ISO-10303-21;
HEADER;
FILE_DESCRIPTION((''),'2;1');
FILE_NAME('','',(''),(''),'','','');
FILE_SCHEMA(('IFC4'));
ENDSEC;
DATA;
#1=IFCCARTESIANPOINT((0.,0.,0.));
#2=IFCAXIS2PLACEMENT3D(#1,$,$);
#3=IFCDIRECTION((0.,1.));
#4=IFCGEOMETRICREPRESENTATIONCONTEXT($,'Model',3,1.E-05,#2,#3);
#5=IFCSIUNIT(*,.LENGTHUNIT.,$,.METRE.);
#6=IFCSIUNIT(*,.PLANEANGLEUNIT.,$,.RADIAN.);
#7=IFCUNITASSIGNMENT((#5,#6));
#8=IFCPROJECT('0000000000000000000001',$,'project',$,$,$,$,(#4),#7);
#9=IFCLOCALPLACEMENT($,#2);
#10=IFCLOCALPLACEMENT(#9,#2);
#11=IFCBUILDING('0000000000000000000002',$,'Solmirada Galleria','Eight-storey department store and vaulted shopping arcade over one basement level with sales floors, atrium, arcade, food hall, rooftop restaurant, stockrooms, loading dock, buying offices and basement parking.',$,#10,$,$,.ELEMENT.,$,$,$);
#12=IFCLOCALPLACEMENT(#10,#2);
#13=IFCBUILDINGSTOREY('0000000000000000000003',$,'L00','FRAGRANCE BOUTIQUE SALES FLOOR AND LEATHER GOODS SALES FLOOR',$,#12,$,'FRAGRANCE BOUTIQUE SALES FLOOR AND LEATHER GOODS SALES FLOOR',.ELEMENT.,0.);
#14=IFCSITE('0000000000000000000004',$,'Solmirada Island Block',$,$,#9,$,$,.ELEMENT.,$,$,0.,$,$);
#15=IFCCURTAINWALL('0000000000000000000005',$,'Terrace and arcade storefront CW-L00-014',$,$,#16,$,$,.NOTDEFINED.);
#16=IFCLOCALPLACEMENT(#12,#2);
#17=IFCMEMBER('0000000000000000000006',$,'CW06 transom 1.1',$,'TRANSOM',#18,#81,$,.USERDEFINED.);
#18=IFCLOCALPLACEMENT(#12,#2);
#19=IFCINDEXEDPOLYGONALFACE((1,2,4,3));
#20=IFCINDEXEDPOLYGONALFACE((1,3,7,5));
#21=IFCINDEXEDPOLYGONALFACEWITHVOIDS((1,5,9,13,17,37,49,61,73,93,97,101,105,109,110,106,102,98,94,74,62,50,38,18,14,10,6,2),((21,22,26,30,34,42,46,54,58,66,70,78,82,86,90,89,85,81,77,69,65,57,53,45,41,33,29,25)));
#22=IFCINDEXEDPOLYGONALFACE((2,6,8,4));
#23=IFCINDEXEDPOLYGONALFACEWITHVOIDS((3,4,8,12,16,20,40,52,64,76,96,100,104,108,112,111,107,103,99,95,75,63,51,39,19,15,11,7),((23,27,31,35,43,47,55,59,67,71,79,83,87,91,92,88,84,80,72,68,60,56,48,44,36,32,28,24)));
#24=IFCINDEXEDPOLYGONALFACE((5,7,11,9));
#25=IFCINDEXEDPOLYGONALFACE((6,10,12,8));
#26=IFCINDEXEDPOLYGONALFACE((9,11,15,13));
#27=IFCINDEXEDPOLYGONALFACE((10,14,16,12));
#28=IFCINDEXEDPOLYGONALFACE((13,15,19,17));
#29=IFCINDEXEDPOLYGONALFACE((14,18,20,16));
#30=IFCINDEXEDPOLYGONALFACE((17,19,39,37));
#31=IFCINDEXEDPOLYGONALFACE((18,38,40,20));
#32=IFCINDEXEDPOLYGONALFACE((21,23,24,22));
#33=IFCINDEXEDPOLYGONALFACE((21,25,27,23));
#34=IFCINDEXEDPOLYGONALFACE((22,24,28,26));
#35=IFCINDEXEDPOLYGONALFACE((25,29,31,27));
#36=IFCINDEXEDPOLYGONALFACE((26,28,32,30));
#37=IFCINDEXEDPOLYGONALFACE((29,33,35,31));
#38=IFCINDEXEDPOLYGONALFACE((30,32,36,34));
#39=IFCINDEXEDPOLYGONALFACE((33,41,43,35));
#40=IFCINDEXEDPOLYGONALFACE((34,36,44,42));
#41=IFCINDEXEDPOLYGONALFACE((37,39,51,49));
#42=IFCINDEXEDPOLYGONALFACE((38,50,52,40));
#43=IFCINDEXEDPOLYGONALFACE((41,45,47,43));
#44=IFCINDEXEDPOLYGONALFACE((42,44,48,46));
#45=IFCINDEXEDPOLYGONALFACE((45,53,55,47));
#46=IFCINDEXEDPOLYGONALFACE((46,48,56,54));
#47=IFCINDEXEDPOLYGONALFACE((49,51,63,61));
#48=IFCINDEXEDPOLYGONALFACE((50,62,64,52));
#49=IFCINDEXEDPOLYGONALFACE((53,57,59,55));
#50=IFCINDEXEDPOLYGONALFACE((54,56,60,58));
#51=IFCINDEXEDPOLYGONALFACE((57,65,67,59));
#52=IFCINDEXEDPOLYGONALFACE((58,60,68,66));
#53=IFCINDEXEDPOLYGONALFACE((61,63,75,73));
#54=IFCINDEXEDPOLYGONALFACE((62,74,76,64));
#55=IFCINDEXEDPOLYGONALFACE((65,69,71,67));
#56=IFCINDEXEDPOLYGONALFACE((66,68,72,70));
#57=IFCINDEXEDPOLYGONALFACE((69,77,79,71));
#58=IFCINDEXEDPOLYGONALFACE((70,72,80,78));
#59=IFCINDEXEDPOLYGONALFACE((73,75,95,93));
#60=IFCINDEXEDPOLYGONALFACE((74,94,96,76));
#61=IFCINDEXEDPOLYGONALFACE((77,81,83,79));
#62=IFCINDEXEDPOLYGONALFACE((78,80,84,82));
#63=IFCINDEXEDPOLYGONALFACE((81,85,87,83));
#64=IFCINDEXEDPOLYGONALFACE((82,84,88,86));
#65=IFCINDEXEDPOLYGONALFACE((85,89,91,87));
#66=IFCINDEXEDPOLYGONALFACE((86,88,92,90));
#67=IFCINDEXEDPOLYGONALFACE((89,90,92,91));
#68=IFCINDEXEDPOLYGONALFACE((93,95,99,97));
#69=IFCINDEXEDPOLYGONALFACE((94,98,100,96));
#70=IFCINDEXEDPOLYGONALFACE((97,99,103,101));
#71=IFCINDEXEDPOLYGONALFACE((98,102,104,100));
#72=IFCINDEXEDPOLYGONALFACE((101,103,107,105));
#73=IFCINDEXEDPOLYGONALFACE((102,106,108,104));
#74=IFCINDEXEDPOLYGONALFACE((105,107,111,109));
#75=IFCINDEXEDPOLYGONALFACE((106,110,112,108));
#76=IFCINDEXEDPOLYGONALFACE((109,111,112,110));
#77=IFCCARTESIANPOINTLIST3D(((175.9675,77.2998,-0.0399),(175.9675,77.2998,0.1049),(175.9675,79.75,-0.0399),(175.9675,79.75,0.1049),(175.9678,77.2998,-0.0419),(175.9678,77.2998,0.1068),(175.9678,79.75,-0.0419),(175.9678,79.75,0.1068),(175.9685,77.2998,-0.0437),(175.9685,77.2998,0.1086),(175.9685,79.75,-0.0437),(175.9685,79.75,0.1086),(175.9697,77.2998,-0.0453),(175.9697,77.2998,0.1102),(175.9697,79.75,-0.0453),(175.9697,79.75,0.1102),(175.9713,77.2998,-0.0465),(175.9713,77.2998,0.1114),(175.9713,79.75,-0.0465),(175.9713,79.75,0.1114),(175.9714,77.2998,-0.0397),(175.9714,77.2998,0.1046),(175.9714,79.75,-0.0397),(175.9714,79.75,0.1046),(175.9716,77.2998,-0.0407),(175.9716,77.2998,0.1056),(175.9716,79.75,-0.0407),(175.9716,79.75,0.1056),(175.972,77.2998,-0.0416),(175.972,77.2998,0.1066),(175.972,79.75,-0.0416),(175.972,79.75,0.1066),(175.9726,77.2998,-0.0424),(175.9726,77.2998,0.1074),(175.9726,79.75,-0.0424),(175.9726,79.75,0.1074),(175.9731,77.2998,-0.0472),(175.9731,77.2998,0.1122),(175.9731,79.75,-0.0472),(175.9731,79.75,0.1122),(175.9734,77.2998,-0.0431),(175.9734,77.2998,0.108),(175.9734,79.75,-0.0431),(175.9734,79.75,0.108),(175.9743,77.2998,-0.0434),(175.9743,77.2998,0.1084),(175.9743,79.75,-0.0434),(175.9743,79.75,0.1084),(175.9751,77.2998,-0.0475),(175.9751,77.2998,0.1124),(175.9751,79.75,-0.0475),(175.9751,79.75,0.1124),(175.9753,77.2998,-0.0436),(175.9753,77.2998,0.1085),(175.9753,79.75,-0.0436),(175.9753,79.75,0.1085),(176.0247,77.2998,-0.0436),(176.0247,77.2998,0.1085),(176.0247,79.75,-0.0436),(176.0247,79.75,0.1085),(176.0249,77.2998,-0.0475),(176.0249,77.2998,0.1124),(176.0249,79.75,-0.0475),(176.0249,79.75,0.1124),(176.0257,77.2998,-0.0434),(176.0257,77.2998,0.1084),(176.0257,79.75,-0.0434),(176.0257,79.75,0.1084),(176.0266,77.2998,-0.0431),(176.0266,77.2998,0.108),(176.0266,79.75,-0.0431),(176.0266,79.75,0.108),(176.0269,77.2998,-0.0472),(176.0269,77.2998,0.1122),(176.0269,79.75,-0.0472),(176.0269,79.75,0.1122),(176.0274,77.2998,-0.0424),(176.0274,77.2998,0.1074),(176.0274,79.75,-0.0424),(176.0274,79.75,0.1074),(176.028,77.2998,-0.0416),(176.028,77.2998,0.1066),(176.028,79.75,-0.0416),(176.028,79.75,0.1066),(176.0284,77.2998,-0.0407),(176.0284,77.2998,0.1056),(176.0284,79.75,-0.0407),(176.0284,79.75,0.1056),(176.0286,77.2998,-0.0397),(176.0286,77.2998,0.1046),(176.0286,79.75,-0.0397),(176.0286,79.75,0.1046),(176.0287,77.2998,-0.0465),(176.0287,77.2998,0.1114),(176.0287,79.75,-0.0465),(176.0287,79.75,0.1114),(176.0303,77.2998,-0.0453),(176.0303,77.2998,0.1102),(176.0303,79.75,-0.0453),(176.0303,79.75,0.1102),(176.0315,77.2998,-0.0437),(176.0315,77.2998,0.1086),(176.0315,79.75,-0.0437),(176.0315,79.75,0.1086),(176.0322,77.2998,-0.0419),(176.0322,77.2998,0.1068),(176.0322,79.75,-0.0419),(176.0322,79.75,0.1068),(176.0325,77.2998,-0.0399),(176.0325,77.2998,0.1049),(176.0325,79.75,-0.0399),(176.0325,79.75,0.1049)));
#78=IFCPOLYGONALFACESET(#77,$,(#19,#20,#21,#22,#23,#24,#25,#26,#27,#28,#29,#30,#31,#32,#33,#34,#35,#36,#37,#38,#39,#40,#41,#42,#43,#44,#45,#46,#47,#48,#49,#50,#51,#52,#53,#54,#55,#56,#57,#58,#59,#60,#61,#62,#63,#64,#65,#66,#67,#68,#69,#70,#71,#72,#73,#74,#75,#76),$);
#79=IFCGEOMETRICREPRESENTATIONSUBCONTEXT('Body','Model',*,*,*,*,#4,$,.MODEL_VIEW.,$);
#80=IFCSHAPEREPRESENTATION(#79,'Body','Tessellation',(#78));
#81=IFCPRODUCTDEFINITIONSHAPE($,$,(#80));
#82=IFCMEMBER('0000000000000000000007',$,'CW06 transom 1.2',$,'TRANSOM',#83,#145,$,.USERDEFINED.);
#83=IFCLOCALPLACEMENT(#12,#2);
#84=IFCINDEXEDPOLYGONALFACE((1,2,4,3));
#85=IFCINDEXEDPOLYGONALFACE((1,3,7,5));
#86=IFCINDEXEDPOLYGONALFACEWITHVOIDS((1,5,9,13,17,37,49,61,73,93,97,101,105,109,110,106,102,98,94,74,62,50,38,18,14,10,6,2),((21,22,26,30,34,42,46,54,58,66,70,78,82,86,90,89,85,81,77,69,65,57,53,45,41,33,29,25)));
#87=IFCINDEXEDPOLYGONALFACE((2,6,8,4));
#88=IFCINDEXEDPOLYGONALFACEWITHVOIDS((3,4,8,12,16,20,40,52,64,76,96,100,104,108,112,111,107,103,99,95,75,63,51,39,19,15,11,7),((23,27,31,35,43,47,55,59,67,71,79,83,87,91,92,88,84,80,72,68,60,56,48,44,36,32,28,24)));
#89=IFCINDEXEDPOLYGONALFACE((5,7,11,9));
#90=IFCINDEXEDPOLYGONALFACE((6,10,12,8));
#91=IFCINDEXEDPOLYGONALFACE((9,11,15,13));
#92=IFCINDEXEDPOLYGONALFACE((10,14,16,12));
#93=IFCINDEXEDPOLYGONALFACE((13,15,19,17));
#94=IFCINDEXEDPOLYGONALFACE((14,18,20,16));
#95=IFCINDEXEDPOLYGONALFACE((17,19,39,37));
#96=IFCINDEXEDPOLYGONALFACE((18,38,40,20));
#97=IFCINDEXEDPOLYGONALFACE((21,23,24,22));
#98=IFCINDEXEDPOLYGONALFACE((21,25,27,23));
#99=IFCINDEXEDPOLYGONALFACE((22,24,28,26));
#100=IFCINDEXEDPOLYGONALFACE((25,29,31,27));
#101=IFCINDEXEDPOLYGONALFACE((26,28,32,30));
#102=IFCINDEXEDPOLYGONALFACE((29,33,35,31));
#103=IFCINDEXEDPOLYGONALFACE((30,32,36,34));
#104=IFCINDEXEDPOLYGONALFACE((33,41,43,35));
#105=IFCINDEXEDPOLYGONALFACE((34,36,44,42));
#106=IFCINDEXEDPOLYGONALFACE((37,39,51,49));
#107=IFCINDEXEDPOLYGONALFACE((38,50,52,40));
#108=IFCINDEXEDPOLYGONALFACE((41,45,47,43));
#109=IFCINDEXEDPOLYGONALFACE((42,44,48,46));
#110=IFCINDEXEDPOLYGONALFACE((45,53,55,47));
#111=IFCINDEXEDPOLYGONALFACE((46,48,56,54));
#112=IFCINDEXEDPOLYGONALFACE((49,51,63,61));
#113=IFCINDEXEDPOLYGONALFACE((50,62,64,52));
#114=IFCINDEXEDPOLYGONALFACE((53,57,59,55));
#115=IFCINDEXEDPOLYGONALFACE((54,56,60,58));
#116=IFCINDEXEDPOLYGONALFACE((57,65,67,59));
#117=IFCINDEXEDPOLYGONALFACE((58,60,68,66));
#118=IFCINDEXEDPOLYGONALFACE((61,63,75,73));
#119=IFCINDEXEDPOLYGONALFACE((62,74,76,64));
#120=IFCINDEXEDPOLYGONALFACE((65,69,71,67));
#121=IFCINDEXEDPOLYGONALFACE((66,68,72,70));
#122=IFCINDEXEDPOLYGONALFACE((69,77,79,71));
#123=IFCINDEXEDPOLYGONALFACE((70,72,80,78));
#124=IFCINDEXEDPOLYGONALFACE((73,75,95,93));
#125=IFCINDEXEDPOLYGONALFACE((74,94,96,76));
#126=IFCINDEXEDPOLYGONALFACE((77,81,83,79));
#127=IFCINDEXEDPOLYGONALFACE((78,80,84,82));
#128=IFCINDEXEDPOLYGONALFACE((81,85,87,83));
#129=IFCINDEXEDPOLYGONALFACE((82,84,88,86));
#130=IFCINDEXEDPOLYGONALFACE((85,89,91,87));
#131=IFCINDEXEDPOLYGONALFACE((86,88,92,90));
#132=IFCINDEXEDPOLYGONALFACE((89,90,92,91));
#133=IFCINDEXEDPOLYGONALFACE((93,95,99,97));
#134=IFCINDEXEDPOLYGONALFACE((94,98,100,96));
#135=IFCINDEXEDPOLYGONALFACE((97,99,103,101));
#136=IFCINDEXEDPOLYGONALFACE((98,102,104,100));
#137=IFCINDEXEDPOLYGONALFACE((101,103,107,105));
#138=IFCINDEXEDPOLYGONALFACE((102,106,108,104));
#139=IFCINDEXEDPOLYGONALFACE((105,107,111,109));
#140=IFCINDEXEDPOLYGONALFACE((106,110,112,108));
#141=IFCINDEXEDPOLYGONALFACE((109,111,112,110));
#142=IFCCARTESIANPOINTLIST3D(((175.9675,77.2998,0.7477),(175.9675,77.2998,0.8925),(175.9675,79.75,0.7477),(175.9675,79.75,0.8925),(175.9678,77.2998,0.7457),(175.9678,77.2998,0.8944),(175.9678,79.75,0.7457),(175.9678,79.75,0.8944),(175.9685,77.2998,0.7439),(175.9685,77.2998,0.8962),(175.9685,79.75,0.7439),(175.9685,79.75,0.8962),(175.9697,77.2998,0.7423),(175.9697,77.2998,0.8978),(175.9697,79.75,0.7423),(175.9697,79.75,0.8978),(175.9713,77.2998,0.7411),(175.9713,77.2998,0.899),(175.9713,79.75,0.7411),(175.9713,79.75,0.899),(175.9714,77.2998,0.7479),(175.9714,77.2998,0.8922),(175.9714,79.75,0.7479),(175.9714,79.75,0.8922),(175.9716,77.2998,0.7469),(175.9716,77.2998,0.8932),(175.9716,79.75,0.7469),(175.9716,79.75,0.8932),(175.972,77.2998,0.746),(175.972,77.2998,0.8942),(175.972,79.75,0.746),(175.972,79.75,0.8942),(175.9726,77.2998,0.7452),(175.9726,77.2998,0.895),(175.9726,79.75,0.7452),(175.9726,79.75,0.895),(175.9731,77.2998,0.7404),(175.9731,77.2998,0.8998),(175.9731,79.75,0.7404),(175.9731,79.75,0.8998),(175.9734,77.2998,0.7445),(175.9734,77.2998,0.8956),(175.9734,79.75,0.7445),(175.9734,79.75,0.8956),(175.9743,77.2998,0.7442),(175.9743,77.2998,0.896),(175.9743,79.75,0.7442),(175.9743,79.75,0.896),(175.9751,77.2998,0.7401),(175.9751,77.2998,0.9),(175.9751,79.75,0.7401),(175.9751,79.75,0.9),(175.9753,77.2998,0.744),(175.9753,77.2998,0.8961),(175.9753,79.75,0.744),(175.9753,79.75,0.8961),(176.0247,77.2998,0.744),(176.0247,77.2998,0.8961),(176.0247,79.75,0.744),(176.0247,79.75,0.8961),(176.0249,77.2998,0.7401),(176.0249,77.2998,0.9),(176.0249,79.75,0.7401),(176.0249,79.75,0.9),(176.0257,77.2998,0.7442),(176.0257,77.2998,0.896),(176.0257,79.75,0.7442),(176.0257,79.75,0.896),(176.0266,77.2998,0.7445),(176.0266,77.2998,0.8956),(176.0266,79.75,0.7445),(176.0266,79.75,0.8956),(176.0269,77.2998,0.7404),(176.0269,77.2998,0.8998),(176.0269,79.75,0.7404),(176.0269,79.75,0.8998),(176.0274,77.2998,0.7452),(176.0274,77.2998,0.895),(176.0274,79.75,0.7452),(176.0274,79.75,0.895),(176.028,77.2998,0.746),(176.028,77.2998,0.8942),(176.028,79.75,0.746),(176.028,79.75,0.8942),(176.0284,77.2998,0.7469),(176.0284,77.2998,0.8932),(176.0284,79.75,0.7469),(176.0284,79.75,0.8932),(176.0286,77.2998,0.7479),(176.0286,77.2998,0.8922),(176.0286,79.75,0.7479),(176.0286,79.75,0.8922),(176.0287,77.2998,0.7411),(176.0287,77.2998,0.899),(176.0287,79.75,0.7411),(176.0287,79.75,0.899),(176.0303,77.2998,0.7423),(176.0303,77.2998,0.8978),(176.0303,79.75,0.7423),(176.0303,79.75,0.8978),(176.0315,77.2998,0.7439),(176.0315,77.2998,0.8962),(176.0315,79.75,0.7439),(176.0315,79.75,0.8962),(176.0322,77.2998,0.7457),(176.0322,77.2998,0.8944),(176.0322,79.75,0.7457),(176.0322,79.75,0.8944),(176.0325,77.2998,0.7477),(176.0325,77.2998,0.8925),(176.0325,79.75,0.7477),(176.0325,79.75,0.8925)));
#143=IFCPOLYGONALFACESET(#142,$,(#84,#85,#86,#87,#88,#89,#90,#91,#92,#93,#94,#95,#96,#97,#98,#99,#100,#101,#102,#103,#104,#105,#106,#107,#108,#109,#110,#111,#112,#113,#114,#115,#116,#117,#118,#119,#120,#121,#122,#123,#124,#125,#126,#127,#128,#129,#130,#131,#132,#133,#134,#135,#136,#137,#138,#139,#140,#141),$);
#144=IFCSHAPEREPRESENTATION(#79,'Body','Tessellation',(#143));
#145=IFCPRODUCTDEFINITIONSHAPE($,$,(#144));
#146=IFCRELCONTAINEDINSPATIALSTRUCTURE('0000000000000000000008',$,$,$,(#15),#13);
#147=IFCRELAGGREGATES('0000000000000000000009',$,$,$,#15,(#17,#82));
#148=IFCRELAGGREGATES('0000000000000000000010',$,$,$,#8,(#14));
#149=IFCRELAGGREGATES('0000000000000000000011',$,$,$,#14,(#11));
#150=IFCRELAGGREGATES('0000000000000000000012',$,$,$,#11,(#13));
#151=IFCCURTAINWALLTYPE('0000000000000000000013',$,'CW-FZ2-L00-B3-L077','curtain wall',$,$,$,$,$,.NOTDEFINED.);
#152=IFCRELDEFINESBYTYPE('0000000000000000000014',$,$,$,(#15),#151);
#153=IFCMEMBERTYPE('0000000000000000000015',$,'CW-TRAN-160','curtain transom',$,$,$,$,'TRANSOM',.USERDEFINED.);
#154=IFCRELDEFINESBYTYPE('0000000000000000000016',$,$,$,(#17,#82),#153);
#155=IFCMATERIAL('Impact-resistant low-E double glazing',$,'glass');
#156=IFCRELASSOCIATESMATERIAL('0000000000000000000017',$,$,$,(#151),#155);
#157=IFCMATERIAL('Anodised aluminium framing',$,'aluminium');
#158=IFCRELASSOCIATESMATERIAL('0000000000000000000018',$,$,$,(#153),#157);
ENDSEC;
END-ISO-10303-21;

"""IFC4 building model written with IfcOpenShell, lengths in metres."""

from ifc_helpers import new_model, si_unit, direction, frame, origin, origin_2d, place, context, subcontext, project, spatial, hollow_rectangle, extrude, material, material_profile, profile_set, type_object, element, aggregate, save


model = new_model("IFC4")

# Units and contexts
model_context = context("Model", 3, precision=1e-05, world=origin(), true_north=direction((0.0, 1.0)))
body_context = subcontext(model_context, "Body", "Model", "MODEL_VIEW")
ifc_project = project(units=[si_unit("LENGTHUNIT", "METRE"), si_unit("PLANEANGLEUNIT", "RADIAN")], contexts=[model_context])

# Site, building, storey
site_placement = place(None, origin())
site = spatial("IfcSite", under=ifc_project, at=site_placement, Name="Solmirada Island Block", CompositionType="ELEMENT", RefElevation=0.0)
building_placement = place(site_placement, origin())
building = spatial("IfcBuilding", under=site, at=building_placement, Name="Solmirada Galleria", Description="Eight-storey department store and vaulted shopping arcade over one basement level with sales floors, atrium, arcade, food hall, rooftop restaurant, stockrooms, loading dock, buying offices and basement parking.", CompositionType="ELEMENT")
storey_placement = place(building_placement, origin())
storey = spatial("IfcBuildingStorey", under=building, at=storey_placement, Name="L00", Description="FRAGRANCE BOUTIQUE SALES FLOOR AND LEATHER GOODS SALES FLOOR", LongName="FRAGRANCE BOUTIQUE SALES FLOOR AND LEATHER GOODS SALES FLOOR", CompositionType="ELEMENT", Elevation=0.0)

# Curtain wall, members
ifc_material_1 = material(Name="Impact-resistant low-E double glazing", Category="glass")
curtain_wall_type = type_object("IfcCurtainWallType", Name="CW-FZ2-L00-B3-L077", Description="curtain wall", PredefinedType="NOTDEFINED", material=ifc_material_1)
curtain_wall_placement = place(storey_placement, origin())
curtain_wall = element("IfcCurtainWall", 1, at=curtain_wall_placement, inside=storey, type_object=curtain_wall_type, Name="Terrace and arcade storefront CW-L00-014", PredefinedType="NOTDEFINED")
ifc_material_2 = material(Name="Anodised aluminium framing", Category="aluminium")
ifc_material_profile_1 = material_profile(ifc_material_2, hollow_rectangle(XDim=0.0649, YDim=0.1599, WallThickness=0.0039, InnerFilletRadius=0.0039, OuterFilletRadius=0.0076, at=origin_2d()), Name="ALU-TRAN-160X65")
ifc_profile_set_1 = profile_set([ifc_material_profile_1], Name="Anodised aluminium framing")
member_type_1 = type_object("IfcMemberType", Name="CW-TRAN-160", Description="curtain transom", ElementType="TRANSOM", PredefinedType="USERDEFINED", material=ifc_profile_set_1)
member_1_placement = place(storey_placement, frame((176.0, 79.75, 0.0325), z_axis=(0.0, -1.0, 0.0), x_axis=(1.0, 0.0, 0.0)))
member_1 = element("IfcMember", 2, at=member_1_placement, type_object=member_type_1, Name="CW06 transom 1.1", ObjectType="TRANSOM", PredefinedType="USERDEFINED", context=body_context, shape_type="SweptSolid", body=[
    extrude(hollow_rectangle(XDim=0.0649, YDim=0.1599, WallThickness=0.0039, InnerFilletRadius=0.0039, OuterFilletRadius=0.0076, at=origin_2d()), origin(), (0.0, 0.0, 1.0), 2.4502),
])
member_2_placement = place(storey_placement, frame((176.0, 79.75, 0.8201), z_axis=(0.0, -1.0, 0.0), x_axis=(1.0, 0.0, 0.0)))
member_2 = element("IfcMember", 3, at=member_2_placement, type_object=member_type_1, Name="CW06 transom 1.2", ObjectType="TRANSOM", PredefinedType="USERDEFINED", context=body_context, shape_type="SweptSolid", body=[
    extrude(hollow_rectangle(XDim=0.0649, YDim=0.1599, WallThickness=0.0039, InnerFilletRadius=0.0039, OuterFilletRadius=0.0076, at=origin_2d()), origin(), (0.0, 0.0, 1.0), 2.4502),
])

aggregate(curtain_wall, [member_1, member_2])

save(model, "model.ifc")
